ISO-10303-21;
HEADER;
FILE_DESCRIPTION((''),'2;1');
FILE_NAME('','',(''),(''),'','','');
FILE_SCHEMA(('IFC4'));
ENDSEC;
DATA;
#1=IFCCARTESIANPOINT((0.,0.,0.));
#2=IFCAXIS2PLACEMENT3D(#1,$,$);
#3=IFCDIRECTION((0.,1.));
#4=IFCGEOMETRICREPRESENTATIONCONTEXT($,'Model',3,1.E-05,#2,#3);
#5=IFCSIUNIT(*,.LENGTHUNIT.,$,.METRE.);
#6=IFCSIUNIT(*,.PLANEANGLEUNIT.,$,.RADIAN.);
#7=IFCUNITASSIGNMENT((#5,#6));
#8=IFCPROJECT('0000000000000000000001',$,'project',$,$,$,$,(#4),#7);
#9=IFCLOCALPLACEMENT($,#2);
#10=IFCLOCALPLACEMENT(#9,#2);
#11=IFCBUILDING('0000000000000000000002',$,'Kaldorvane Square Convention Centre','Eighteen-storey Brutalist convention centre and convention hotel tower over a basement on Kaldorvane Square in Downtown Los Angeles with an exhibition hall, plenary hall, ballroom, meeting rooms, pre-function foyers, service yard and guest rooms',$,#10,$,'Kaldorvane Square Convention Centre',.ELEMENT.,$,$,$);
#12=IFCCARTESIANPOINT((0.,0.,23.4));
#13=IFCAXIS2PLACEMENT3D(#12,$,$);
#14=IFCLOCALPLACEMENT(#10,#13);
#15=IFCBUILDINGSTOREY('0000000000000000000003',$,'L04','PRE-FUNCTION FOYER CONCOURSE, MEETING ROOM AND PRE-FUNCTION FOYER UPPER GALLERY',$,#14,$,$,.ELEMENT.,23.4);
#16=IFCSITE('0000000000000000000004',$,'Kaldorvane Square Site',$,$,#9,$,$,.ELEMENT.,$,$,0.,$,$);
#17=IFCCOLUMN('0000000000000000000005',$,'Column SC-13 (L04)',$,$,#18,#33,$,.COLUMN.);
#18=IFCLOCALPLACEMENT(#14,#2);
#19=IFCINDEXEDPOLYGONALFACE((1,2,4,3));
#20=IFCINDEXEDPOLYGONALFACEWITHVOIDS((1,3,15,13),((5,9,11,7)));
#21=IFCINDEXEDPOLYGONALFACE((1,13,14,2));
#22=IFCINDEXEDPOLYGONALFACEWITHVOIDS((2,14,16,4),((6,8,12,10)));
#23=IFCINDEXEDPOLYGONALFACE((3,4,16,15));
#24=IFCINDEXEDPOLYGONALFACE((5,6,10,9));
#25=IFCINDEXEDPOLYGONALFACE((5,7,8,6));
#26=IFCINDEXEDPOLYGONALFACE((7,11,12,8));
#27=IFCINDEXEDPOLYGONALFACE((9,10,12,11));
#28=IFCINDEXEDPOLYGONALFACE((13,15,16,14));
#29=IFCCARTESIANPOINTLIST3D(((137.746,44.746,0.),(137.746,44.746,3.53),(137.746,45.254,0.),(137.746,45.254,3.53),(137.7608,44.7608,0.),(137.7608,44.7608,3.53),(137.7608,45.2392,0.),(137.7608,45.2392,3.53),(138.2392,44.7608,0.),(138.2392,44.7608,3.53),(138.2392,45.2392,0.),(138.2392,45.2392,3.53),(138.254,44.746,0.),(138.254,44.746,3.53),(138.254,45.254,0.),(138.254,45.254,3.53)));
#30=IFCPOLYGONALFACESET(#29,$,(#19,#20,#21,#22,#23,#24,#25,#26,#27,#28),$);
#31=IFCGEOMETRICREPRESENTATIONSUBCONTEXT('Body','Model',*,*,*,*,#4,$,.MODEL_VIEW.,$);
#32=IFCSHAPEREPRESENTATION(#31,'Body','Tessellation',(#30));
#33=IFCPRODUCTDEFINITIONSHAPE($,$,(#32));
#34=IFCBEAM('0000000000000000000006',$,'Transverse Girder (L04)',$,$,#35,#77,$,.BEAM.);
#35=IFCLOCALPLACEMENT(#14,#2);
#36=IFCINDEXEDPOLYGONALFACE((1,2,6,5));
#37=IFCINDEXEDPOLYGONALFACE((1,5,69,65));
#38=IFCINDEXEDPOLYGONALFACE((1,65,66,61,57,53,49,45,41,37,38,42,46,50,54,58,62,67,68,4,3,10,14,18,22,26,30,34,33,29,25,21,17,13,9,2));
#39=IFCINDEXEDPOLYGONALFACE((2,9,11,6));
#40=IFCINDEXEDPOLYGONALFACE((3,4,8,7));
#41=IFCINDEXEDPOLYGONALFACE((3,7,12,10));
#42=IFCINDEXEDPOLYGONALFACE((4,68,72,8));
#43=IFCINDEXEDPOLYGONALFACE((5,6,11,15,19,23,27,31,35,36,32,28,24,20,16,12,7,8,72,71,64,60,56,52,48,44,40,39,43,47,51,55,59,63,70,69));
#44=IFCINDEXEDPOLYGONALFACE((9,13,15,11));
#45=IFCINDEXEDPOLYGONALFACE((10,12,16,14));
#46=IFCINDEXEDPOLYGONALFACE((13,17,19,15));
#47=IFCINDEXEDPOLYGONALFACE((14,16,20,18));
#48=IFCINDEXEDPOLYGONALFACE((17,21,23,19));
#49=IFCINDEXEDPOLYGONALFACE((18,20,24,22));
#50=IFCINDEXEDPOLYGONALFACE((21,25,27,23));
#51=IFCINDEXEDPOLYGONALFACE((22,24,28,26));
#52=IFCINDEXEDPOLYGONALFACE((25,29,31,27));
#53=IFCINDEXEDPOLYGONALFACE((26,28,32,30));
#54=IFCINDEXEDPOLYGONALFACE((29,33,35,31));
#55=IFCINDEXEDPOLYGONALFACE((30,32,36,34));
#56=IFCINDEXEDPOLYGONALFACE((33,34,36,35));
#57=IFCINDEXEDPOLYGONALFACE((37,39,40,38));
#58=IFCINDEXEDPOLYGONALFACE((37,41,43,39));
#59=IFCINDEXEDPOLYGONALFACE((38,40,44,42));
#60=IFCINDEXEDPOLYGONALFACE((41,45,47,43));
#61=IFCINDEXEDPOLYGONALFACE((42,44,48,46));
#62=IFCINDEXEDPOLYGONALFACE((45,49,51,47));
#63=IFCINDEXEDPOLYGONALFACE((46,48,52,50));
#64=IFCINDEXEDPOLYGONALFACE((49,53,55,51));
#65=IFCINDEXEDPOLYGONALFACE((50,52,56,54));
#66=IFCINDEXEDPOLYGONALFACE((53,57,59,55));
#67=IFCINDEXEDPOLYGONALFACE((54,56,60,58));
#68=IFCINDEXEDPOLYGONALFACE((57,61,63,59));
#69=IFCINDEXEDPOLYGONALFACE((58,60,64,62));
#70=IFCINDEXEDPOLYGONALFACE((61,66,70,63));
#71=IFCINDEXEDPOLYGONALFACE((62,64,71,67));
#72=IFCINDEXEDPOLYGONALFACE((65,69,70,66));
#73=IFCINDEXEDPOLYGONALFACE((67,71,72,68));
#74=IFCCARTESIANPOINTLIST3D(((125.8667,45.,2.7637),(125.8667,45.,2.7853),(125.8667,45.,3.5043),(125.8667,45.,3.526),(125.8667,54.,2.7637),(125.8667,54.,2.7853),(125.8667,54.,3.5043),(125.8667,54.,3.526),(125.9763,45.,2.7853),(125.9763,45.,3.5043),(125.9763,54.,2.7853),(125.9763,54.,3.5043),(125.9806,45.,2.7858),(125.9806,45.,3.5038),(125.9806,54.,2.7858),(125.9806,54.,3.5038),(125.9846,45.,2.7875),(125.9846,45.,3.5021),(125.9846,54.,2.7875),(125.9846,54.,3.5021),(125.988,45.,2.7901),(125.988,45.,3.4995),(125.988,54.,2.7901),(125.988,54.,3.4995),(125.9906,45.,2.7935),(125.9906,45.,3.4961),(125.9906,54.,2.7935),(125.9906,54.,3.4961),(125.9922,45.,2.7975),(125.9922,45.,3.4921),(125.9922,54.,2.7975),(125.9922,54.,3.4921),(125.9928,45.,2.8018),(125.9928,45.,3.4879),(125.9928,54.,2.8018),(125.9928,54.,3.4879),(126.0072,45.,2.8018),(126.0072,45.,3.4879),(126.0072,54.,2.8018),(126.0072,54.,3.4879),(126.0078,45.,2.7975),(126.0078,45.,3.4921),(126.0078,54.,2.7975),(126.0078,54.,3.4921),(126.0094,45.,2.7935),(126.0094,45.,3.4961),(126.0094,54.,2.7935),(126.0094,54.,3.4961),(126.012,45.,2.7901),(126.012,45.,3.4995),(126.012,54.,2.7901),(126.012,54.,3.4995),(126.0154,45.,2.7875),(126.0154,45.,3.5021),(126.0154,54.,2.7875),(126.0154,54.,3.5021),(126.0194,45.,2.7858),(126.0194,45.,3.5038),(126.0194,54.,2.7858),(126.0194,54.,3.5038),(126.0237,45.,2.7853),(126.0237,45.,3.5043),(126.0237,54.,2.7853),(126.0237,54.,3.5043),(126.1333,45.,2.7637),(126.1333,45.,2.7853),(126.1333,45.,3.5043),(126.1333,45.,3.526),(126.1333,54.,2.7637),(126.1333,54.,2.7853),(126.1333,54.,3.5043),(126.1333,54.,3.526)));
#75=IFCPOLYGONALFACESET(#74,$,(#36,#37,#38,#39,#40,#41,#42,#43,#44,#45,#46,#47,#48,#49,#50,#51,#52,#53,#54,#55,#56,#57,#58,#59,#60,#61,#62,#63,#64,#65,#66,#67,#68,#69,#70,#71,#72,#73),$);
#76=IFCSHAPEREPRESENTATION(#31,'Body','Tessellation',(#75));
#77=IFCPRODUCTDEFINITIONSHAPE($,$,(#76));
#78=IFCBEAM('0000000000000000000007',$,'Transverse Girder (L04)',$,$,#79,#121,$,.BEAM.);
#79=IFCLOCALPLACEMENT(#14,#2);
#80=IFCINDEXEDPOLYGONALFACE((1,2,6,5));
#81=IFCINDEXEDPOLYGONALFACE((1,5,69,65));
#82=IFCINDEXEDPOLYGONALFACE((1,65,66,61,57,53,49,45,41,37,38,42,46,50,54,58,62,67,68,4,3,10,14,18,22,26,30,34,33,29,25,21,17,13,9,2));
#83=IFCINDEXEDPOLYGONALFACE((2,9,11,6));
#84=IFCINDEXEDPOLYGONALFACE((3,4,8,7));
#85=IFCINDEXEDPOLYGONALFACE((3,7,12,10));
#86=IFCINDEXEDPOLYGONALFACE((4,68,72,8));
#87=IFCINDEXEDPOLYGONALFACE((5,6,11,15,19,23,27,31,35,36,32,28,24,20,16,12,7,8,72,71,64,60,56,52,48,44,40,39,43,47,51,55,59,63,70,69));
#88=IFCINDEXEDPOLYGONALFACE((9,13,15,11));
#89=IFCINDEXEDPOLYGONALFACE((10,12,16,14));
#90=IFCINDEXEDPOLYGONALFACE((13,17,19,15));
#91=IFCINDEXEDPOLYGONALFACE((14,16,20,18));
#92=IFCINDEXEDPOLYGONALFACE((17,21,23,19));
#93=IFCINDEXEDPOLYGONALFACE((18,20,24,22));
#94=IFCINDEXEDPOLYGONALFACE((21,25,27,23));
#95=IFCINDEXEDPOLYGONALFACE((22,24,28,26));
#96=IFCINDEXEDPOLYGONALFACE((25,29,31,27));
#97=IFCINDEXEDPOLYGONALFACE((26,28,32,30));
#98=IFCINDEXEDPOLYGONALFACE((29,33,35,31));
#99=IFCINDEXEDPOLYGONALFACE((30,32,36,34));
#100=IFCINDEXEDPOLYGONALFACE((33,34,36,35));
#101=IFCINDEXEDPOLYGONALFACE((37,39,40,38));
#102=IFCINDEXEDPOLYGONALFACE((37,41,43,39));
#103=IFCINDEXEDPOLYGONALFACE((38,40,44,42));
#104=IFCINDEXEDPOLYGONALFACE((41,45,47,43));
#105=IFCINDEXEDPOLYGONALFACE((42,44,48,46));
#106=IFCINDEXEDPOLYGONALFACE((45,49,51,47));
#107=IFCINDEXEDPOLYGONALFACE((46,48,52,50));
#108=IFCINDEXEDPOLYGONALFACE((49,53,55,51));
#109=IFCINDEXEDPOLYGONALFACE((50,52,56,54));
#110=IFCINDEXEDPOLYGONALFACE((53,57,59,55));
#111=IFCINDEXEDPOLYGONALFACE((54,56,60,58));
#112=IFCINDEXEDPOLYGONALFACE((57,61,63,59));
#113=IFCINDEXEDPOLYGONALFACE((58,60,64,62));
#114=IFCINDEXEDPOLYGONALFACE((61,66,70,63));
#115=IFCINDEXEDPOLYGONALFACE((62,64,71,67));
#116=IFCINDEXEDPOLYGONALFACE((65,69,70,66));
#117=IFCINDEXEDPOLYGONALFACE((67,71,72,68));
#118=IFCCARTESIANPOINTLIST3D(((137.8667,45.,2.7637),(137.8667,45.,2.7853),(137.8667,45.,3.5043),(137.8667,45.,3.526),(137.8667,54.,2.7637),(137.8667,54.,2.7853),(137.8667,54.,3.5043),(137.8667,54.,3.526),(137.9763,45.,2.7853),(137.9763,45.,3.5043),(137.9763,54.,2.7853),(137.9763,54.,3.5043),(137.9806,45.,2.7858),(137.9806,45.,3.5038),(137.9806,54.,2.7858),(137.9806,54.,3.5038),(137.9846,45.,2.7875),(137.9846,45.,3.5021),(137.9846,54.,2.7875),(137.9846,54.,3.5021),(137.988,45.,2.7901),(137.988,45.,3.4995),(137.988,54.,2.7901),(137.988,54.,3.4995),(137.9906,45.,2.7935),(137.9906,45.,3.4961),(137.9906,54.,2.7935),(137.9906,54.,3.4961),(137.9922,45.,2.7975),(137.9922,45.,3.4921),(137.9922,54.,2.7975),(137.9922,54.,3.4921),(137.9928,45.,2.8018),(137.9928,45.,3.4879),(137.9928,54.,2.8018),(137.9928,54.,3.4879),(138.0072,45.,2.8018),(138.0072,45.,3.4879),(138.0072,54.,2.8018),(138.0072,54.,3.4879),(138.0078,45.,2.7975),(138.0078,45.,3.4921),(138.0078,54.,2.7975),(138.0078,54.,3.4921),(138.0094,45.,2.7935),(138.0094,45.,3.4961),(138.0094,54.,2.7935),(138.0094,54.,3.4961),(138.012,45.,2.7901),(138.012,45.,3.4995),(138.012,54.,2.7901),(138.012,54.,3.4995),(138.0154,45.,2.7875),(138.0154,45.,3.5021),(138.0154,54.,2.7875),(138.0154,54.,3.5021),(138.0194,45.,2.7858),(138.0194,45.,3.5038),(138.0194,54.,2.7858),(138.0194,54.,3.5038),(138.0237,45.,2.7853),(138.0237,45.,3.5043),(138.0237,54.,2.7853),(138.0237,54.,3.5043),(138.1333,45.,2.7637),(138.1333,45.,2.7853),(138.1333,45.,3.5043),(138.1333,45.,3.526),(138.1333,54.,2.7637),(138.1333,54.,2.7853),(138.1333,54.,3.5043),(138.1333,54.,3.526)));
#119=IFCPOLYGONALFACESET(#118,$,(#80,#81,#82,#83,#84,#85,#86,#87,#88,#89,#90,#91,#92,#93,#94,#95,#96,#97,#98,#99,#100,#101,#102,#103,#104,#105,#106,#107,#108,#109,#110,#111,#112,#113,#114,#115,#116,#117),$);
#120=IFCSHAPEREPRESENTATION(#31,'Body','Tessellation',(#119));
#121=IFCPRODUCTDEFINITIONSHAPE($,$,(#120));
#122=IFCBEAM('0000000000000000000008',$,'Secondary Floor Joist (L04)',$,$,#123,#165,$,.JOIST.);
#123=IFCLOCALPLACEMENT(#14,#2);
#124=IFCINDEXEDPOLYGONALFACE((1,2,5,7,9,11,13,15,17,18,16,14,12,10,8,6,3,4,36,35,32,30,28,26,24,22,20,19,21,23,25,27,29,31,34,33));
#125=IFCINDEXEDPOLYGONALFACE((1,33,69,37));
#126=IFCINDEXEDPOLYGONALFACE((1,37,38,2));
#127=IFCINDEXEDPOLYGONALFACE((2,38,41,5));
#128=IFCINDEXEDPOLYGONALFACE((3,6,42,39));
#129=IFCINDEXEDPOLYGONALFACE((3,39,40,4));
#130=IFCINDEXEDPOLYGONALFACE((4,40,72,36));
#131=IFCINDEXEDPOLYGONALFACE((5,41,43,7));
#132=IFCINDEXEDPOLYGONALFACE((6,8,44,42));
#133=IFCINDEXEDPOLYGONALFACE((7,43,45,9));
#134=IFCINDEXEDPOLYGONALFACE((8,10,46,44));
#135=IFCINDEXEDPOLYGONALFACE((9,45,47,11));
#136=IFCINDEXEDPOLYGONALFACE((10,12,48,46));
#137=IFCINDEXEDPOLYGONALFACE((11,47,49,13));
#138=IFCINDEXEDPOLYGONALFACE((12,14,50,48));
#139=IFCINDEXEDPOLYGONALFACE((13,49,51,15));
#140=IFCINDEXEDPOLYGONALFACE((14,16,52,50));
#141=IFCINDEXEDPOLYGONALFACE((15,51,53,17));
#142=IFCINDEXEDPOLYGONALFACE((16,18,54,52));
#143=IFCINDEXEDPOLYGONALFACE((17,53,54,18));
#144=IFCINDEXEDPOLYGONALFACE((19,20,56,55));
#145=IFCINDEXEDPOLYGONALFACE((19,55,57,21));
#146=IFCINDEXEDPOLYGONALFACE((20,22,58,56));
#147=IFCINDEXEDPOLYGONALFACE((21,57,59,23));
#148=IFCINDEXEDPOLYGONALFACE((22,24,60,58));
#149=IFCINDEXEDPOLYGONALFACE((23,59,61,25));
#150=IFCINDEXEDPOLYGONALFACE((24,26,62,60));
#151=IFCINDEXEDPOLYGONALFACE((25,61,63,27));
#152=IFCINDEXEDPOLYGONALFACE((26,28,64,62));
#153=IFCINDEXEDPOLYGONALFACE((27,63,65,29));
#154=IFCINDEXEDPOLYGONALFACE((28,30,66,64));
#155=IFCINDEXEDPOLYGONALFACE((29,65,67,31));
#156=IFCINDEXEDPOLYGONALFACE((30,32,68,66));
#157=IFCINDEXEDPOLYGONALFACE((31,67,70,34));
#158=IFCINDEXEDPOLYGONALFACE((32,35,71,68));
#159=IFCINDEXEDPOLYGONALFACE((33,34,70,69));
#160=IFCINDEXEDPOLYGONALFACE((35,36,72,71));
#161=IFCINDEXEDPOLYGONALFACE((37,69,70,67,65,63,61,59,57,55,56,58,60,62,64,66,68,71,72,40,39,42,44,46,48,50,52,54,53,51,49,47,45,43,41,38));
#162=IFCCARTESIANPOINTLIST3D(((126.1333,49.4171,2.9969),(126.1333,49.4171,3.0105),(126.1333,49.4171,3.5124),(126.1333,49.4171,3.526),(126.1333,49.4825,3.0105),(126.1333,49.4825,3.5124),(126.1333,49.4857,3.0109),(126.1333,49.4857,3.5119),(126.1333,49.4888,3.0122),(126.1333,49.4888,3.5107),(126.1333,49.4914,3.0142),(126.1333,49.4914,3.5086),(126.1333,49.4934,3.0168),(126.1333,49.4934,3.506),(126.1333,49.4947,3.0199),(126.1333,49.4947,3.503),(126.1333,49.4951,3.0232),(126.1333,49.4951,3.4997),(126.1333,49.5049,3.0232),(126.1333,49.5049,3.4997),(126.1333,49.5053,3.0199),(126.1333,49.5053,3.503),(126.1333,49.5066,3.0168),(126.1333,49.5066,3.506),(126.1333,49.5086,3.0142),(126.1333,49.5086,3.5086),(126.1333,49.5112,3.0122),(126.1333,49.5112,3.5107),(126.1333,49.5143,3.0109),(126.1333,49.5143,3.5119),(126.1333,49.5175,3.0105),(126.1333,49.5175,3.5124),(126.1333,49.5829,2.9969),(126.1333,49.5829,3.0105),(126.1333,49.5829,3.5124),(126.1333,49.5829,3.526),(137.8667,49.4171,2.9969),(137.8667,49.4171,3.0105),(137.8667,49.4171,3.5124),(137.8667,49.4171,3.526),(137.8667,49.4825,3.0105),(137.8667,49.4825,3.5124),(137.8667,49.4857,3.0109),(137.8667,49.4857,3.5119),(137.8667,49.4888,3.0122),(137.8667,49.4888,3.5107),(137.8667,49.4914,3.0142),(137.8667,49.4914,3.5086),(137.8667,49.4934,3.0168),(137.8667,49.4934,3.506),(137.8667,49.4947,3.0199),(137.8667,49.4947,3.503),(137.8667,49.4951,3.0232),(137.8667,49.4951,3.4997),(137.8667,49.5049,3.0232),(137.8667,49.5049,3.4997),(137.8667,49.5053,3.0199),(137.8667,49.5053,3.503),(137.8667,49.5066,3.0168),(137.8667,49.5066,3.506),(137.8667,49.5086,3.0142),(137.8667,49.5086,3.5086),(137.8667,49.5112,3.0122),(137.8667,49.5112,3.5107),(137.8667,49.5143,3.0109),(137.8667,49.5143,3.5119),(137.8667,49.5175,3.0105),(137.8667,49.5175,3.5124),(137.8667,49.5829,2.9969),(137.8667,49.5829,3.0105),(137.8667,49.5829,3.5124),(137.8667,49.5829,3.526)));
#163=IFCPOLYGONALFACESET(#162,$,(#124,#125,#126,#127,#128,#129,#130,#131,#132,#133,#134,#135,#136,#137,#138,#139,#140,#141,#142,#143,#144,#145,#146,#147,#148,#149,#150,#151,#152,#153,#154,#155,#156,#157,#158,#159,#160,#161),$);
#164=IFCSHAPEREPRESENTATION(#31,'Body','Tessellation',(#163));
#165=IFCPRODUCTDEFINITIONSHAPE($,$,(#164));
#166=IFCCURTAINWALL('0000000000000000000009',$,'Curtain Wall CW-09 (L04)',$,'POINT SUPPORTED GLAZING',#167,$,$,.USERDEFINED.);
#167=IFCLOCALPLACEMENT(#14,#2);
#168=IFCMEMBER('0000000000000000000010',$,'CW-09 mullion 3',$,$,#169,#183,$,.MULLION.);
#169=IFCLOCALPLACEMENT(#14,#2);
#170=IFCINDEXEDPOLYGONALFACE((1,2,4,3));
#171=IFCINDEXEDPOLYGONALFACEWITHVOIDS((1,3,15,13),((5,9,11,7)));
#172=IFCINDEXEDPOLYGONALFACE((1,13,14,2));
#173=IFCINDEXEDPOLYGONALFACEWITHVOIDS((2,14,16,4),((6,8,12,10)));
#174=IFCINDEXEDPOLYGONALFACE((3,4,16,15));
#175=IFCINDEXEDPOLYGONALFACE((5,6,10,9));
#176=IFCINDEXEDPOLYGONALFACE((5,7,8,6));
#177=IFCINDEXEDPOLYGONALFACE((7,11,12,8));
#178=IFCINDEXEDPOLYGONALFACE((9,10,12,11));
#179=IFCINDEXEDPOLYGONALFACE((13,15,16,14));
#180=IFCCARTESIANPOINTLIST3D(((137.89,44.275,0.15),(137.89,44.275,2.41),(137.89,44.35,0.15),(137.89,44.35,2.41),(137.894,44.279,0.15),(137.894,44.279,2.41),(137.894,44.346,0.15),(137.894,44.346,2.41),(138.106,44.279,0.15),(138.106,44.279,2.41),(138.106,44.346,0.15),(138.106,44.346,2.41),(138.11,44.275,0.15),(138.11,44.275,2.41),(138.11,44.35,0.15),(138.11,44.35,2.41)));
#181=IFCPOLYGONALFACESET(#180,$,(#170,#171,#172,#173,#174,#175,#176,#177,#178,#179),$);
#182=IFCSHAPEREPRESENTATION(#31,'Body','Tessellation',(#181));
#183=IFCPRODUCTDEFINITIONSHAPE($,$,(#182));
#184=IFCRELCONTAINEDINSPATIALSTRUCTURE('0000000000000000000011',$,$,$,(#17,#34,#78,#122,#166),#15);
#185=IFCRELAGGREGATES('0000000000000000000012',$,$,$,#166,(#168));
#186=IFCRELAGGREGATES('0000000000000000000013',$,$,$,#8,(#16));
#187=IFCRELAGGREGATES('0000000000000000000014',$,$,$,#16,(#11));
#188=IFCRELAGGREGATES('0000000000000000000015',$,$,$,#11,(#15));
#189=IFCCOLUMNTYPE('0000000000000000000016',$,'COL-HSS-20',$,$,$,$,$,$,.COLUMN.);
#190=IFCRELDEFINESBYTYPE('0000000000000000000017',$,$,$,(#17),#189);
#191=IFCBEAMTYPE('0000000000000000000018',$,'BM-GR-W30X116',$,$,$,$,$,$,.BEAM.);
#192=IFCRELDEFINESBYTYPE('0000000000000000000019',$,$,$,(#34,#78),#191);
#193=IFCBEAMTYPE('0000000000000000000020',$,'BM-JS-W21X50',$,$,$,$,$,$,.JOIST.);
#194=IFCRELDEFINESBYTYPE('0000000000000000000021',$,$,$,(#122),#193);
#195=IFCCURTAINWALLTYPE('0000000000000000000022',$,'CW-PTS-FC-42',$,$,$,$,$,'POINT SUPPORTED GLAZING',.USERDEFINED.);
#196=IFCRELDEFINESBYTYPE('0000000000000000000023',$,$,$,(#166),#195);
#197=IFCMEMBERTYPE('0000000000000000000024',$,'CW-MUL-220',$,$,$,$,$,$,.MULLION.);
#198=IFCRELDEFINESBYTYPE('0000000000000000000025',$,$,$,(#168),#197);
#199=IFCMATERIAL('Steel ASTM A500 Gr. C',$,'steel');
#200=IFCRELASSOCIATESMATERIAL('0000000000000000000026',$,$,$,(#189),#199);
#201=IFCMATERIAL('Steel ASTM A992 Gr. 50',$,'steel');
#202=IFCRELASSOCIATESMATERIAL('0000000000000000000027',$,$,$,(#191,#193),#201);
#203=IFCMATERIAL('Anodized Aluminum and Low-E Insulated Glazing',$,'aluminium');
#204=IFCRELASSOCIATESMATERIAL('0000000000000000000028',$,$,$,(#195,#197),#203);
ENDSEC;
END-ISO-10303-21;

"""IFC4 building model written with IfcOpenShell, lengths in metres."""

from ifc_helpers import new_model, si_unit, direction, frame, origin, origin_2d, place, context, subcontext, project, spatial, hollow_rectangle, i_section, extrude, material, material_profile, profile_set, type_object, element, aggregate, save


model = new_model("IFC4")

# Units and contexts
model_context = context("Model", 3, precision=1e-05, world=origin(), true_north=direction((0.0, 1.0)))
body_context = subcontext(model_context, "Body", "Model", "MODEL_VIEW")
ifc_project = project(units=[si_unit("LENGTHUNIT", "METRE"), si_unit("PLANEANGLEUNIT", "RADIAN")], contexts=[model_context])

# Site, building, storey
site_placement = place(None, origin())
site = spatial("IfcSite", under=ifc_project, at=site_placement, Name="Kaldorvane Square Site", CompositionType="ELEMENT", RefElevation=0.0)
building_placement = place(site_placement, origin())
building = spatial("IfcBuilding", under=site, at=building_placement, Name="Kaldorvane Square Convention Centre", Description="Eighteen-storey Brutalist convention centre and convention hotel tower over a basement on Kaldorvane Square in Downtown Los Angeles with an exhibition hall, plenary hall, ballroom, meeting rooms, pre-function foyers, service yard and guest rooms", LongName="Kaldorvane Square Convention Centre", CompositionType="ELEMENT")
storey_placement = place(building_placement, frame((0.0, 0.0, 23.4)))
storey = spatial("IfcBuildingStorey", under=building, at=storey_placement, Name="L04", Description="PRE-FUNCTION FOYER CONCOURSE, MEETING ROOM AND PRE-FUNCTION FOYER UPPER GALLERY", CompositionType="ELEMENT", Elevation=23.4)

# Column
ifc_material_1 = material(Name="Steel ASTM A500 Gr. C", Category="steel")
ifc_material_profile_1 = material_profile(ifc_material_1, hollow_rectangle(XDim=0.508, YDim=0.508, WallThickness=0.0148, at=origin_2d()), Name="HSS20X20X5/8")
ifc_profile_set_1 = profile_set([ifc_material_profile_1], Name="Steel ASTM A500 Gr. C")
column_type = type_object("IfcColumnType", Name="COL-HSS-20", PredefinedType="COLUMN", material=ifc_profile_set_1)
column_placement = place(storey_placement, frame((138.0, 45.0, 0.0), z_axis=(0.0, 0.0, 1.0), x_axis=(1.0, 0.0, 0.0)))
element("IfcColumn", 1, at=column_placement, inside=storey, type_object=column_type, Name="Column SC-13 (L04)", PredefinedType="COLUMN", context=body_context, shape_type="SweptSolid", body=[
    extrude(hollow_rectangle(XDim=0.508, YDim=0.508, WallThickness=0.0148, at=origin_2d()), origin(), (0.0, 0.0, 1.0), 3.53),
])

# Beams
ifc_material_2 = material(Name="Steel ASTM A992 Gr. 50", Category="steel")
ifc_material_profile_2 = material_profile(ifc_material_2, i_section(OverallWidth=0.2666, OverallDepth=0.7623, WebThickness=0.0144, FlangeThickness=0.0216, FilletRadius=0.0165, at=origin_2d()), Name="W30X116")
ifc_profile_set_2 = profile_set([ifc_material_profile_2], Name="Steel ASTM A992 Gr. 50")
beam_type_1 = type_object("IfcBeamType", Name="BM-GR-W30X116", PredefinedType="BEAM", material=ifc_profile_set_2)
for number, where, z_axis, x_axis, name in (
    (2, (126.0, 45.0, 3.1448), (0.0, 1.0, 0.0), (-1.0, 0.0, 0.0), "Transverse Girder (L04)"),
    (3, (138.0, 45.0, 3.1448), (0.0, 1.0, 0.0), (-1.0, 0.0, 0.0), "Transverse Girder (L04)"),
):
    element("IfcBeam", number, at=place(storey_placement, frame(where, z_axis=z_axis, x_axis=x_axis)), inside=storey, type_object=beam_type_1, Name=name, PredefinedType="BEAM", context=body_context, shape_type="SweptSolid", body=[
        extrude(i_section(OverallWidth=0.2666, OverallDepth=0.7623, WebThickness=0.0144, FlangeThickness=0.0216, FilletRadius=0.0165, at=origin_2d()), origin(), (0.0, 0.0, 1.0), 9.0),
    ])
ifc_material_profile_3 = material_profile(ifc_material_2, i_section(OverallWidth=0.1659, OverallDepth=0.5291, WebThickness=0.0097, FlangeThickness=0.0136, FilletRadius=0.0127, at=origin_2d()), Name="W21X50")
ifc_profile_set_3 = profile_set([ifc_material_profile_3], Name="Steel ASTM A992 Gr. 50")
beam_type_2 = type_object("IfcBeamType", Name="BM-JS-W21X50", PredefinedType="JOIST", material=ifc_profile_set_3)
beam_placement = place(storey_placement, frame((126.1333, 49.5, 3.2614), z_axis=(1.0, 0.0, 0.0), x_axis=(0.0, 1.0, 0.0)))
element("IfcBeam", 4, at=beam_placement, inside=storey, type_object=beam_type_2, Name="Secondary Floor Joist (L04)", PredefinedType="JOIST", context=body_context, shape_type="SweptSolid", body=[
    extrude(i_section(OverallWidth=0.1659, OverallDepth=0.5291, WebThickness=0.0097, FlangeThickness=0.0136, FilletRadius=0.0127, at=origin_2d()), origin(), (0.0, 0.0, 1.0), 11.7334),
])

# Curtain wall, member
ifc_material_3 = material(Name="Anodized Aluminum and Low-E Insulated Glazing", Category="aluminium")
curtain_wall_type = type_object("IfcCurtainWallType", Name="CW-PTS-FC-42", ElementType="POINT SUPPORTED GLAZING", PredefinedType="USERDEFINED", material=ifc_material_3)
curtain_wall_1_placement = place(storey_placement, origin())
curtain_wall_1 = element("IfcCurtainWall", 5, at=curtain_wall_1_placement, inside=storey, type_object=curtain_wall_type, Name="Curtain Wall CW-09 (L04)", ObjectType="POINT SUPPORTED GLAZING", PredefinedType="USERDEFINED")
ifc_material_profile_4 = material_profile(ifc_material_3, hollow_rectangle(XDim=0.075, YDim=0.22, WallThickness=0.004, at=origin_2d()), Name="CWM-220X75")
ifc_profile_set_4 = profile_set([ifc_material_profile_4], Name="Anodized Aluminum and Low-E Insulated Glazing")
member_type_1 = type_object("IfcMemberType", Name="CW-MUL-220", PredefinedType="MULLION", material=ifc_profile_set_4)
member_1_placement = place(storey_placement, frame((138.0, 44.3125, 0.15), z_axis=(0.0, 0.0, 1.0), x_axis=(0.0, 1.0, 0.0)))
member_1 = element("IfcMember", 6, at=member_1_placement, type_object=member_type_1, Name="CW-09 mullion 3", PredefinedType="MULLION", context=body_context, shape_type="SweptSolid", body=[
    extrude(hollow_rectangle(XDim=0.075, YDim=0.22, WallThickness=0.004, at=origin_2d()), origin(), (0.0, 0.0, 1.0), 2.26),
])

aggregate(curtain_wall_1, [member_1])

save(model, "model.ifc")
